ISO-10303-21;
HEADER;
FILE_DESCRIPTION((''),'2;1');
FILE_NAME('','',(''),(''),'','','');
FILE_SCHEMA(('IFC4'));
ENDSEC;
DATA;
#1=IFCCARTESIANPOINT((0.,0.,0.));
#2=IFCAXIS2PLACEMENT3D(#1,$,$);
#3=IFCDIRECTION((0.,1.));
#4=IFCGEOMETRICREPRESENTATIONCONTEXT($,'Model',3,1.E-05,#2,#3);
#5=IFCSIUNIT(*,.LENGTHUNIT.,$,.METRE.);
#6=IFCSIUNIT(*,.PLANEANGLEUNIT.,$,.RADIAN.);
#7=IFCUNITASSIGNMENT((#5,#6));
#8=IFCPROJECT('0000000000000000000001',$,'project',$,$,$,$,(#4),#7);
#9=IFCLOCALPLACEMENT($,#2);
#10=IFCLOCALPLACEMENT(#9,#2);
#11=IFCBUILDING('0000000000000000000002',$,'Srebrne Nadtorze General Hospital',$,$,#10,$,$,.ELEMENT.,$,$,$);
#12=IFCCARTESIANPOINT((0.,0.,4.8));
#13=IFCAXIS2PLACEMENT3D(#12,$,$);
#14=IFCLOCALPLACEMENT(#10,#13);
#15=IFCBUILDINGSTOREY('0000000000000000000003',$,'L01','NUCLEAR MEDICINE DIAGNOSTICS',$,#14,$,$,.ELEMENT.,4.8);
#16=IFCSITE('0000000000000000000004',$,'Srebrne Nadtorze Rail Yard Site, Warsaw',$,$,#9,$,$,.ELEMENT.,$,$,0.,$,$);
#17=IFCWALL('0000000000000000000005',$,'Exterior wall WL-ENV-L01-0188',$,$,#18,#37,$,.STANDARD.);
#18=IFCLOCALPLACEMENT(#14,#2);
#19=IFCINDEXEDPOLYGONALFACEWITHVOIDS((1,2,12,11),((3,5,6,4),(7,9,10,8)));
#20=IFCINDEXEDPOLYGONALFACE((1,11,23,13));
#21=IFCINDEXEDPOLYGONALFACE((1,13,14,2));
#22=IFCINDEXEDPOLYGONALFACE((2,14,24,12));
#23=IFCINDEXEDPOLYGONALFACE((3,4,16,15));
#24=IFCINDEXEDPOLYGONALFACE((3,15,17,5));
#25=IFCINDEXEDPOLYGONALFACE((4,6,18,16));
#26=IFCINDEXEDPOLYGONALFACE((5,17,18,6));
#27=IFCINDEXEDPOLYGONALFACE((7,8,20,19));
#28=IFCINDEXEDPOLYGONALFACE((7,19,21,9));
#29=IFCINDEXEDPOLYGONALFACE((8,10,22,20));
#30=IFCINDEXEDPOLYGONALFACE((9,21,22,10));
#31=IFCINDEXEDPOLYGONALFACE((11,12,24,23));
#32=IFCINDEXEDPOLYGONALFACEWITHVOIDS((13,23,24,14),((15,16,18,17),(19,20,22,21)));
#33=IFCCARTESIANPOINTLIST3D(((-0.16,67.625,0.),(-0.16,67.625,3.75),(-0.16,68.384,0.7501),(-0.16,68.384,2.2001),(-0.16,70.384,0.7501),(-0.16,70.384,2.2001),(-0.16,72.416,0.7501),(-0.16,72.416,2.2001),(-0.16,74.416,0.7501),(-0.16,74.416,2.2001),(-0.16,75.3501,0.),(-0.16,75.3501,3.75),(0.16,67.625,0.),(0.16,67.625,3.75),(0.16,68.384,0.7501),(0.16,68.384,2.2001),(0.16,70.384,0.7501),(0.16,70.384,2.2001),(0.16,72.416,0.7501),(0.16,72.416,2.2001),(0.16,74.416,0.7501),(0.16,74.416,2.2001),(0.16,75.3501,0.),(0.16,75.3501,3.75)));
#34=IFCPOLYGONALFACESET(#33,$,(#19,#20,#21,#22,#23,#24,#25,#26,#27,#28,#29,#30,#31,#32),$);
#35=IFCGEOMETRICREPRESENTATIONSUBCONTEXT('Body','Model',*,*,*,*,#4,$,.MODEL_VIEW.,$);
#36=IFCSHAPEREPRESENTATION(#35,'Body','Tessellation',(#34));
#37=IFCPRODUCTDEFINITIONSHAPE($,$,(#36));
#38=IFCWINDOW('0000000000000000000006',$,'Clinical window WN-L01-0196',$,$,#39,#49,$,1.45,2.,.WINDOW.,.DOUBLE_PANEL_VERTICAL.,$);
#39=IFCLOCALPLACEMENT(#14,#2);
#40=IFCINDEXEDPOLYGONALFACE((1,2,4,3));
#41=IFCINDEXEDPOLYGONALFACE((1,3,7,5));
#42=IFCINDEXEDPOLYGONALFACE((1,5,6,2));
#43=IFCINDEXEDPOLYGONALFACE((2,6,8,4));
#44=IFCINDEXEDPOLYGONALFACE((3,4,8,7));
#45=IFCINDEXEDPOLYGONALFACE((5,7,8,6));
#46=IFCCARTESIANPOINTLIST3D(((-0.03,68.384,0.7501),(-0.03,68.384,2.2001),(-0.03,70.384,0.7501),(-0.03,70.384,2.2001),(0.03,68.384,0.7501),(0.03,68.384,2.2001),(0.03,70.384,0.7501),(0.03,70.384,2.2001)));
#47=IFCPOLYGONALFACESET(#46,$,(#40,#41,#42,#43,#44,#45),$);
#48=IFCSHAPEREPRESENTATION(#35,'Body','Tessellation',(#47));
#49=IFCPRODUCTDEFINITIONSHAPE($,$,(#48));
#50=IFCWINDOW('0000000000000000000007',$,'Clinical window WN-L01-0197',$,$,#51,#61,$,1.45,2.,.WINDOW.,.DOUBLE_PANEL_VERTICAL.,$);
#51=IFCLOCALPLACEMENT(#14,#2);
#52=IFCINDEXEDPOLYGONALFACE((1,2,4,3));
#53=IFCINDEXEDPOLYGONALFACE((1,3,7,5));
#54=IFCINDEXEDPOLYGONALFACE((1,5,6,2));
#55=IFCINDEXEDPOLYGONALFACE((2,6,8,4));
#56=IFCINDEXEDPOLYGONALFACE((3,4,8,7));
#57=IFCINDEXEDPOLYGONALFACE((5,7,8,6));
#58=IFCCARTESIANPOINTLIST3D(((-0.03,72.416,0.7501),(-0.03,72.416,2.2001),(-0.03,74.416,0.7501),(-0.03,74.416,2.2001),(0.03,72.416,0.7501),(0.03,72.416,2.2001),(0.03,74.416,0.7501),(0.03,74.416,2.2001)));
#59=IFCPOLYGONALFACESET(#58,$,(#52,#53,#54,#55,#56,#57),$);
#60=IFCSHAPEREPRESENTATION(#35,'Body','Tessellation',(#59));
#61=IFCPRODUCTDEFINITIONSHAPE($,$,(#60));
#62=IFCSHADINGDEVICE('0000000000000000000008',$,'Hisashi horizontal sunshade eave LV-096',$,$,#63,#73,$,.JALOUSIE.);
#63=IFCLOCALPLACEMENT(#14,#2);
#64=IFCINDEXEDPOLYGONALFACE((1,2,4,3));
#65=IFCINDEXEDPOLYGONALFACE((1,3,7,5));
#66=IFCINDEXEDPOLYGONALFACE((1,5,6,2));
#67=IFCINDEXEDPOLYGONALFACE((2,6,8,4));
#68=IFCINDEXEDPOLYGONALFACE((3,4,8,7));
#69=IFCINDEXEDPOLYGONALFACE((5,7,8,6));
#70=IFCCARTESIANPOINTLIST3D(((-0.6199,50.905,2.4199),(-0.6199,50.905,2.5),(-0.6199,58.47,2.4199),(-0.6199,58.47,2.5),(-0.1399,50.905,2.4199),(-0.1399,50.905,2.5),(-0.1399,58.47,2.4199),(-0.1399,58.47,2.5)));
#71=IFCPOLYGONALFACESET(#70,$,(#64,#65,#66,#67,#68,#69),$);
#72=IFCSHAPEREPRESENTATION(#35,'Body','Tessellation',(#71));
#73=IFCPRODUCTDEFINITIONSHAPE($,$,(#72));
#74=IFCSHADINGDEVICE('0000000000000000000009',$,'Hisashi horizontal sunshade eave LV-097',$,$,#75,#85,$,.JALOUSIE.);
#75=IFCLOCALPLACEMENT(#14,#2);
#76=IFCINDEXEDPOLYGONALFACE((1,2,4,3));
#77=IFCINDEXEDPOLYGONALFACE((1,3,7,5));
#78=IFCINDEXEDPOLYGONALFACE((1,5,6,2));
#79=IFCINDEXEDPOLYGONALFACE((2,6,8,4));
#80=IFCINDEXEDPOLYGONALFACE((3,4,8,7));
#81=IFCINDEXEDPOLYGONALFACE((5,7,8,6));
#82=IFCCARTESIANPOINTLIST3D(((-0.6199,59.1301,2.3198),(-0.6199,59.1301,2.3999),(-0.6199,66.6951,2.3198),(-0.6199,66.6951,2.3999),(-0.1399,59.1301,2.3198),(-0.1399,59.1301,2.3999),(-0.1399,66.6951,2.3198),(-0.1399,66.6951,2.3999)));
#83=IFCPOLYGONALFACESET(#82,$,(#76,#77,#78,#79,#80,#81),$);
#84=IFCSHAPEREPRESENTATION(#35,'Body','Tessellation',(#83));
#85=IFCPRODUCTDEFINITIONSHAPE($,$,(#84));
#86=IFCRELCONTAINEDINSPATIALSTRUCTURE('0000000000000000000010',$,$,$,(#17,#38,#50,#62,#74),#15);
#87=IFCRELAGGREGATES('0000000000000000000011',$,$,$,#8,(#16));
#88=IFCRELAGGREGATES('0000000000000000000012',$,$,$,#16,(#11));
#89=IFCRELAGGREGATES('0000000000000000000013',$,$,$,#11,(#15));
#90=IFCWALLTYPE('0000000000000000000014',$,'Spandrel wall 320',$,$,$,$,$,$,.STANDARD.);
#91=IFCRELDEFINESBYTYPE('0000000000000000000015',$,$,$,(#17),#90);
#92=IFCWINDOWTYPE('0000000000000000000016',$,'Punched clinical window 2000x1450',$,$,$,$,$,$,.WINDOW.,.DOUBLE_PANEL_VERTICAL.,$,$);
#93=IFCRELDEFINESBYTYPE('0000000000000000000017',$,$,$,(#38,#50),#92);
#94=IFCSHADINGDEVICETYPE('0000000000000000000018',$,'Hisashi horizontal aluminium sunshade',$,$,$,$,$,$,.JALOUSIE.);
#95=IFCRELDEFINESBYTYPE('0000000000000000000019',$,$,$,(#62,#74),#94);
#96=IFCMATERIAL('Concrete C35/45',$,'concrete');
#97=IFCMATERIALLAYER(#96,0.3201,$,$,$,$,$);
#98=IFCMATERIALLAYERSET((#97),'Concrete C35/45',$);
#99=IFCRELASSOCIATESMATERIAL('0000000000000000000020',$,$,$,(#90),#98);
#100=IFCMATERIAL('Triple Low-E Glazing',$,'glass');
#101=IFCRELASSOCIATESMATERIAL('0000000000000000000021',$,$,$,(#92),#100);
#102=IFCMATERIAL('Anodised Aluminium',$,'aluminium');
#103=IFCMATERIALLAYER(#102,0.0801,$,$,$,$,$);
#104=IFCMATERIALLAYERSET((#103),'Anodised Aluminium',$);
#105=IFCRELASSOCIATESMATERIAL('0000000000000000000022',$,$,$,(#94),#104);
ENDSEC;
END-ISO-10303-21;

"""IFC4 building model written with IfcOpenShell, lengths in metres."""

from ifc_helpers import new_model, si_unit, direction, frame, frame_2d, origin, origin_2d, place, context, subcontext, project, spatial, rectangle, extrude, material, layer, layer_set, type_object, element, fill, save


model = new_model("IFC4")

# Units and contexts
model_context = context("Model", 3, precision=1e-05, world=origin(), true_north=direction((0.0, 1.0)))
body_context = subcontext(model_context, "Body", "Model", "MODEL_VIEW")
ifc_project = project(units=[si_unit("LENGTHUNIT", "METRE"), si_unit("PLANEANGLEUNIT", "RADIAN")], contexts=[model_context])

# Site, building, storey
site_placement = place(None, origin())
site = spatial("IfcSite", under=ifc_project, at=site_placement, Name="Srebrne Nadtorze Rail Yard Site, Warsaw", CompositionType="ELEMENT", RefElevation=0.0)
building_placement = place(site_placement, origin())
building = spatial("IfcBuilding", under=site, at=building_placement, Name="Srebrne Nadtorze General Hospital", CompositionType="ELEMENT")
storey_placement = place(building_placement, frame((0.0, 0.0, 4.8)))
storey = spatial("IfcBuildingStorey", under=building, at=storey_placement, Name="L01", Description="NUCLEAR MEDICINE DIAGNOSTICS", CompositionType="ELEMENT", Elevation=4.8)

# Wall, openings, windows
ifc_material_1 = material(Name="Concrete C35/45", Category="concrete")
ifc_layer_1 = layer(ifc_material_1, 0.3201)
ifc_layer_set_1 = layer_set([ifc_layer_1], Name="Concrete C35/45")
wall_type_1 = type_object("IfcWallType", Name="Spandrel wall 320", PredefinedType="STANDARD", material=ifc_layer_set_1)
wall_1_placement = place(storey_placement, frame((0.0, 67.625, 0.0), z_axis=(0.0, 0.0, 1.0), x_axis=(0.0, 1.0, 0.0)))
wall_1 = element("IfcWall", 1, at=wall_1_placement, inside=storey, type_object=wall_type_1, Name="Exterior wall WL-ENV-L01-0188", PredefinedType="STANDARD", context=body_context, shape_type="SweptSolid", body=[
    extrude(rectangle(XDim=7.7251, YDim=0.3201, at=frame_2d((3.8625, 0.0))), origin(), (0.0, 0.0, 1.0), 3.75),
])
opening_1_placement = place(wall_1_placement, frame((0.759, 0.0, 0.75)))
opening_1 = element("IfcOpeningElement", 2, at=opening_1_placement, cuts=wall_1, PredefinedType="OPENING", context=body_context, shape_type="SweptSolid", body=[
    extrude(rectangle(XDim=2.0, YDim=1.45, at=frame_2d((1.0, 0.7251))), frame((0.0, 0.1719, 0.0), z_axis=(0.0, -1.0, 0.0), x_axis=(1.0, 0.0, 0.0)), (0.0, 0.0, 1.0), 0.344),
])
opening_2_placement = place(wall_1_placement, frame((4.791, 0.0, 0.75)))
opening_2 = element("IfcOpeningElement", 3, at=opening_2_placement, cuts=wall_1, PredefinedType="OPENING", context=body_context, shape_type="SweptSolid", body=[
    extrude(rectangle(XDim=2.0, YDim=1.45, at=frame_2d((1.0, 0.7251))), frame((0.0, 0.1719, 0.0), z_axis=(0.0, -1.0, 0.0), x_axis=(1.0, 0.0, 0.0)), (0.0, 0.0, 1.0), 0.344),
])
ifc_material_2 = material(Name="Triple Low-E Glazing", Category="glass")
window_type_1 = type_object("IfcWindowType", Name="Punched clinical window 2000x1450", PartitioningType="DOUBLE_PANEL_VERTICAL", PredefinedType="WINDOW", material=ifc_material_2)
window_1_placement = place(opening_1_placement, origin())
window_1 = element("IfcWindow", 4, at=window_1_placement, inside=storey, type_object=window_type_1, Name="Clinical window WN-L01-0196", OverallHeight=1.45, OverallWidth=2.0, PartitioningType="DOUBLE_PANEL_VERTICAL", PredefinedType="WINDOW", context=body_context, shape_type="SweptSolid", body=[
    extrude(rectangle(XDim=2.0, YDim=1.45, at=frame_2d((1.0, 0.7251))), frame((0.0, 0.03, 0.0), z_axis=(0.0, -1.0, 0.0), x_axis=(1.0, 0.0, 0.0)), (0.0, 0.0, 1.0), 0.0601),
])
fill(opening_1, window_1)
window_2_placement = place(opening_2_placement, origin())
window_2 = element("IfcWindow", 5, at=window_2_placement, inside=storey, type_object=window_type_1, Name="Clinical window WN-L01-0197", OverallHeight=1.45, OverallWidth=2.0, PartitioningType="DOUBLE_PANEL_VERTICAL", PredefinedType="WINDOW", context=body_context, shape_type="SweptSolid", body=[
    extrude(rectangle(XDim=2.0, YDim=1.45, at=frame_2d((1.0, 0.7251))), frame((0.0, 0.03, 0.0), z_axis=(0.0, -1.0, 0.0), x_axis=(1.0, 0.0, 0.0)), (0.0, 0.0, 1.0), 0.0601),
])
fill(opening_2, window_2)

# Shading devices
ifc_material_3 = material(Name="Anodised Aluminium", Category="aluminium")
ifc_layer_2 = layer(ifc_material_3, 0.0801)
ifc_layer_set_2 = layer_set([ifc_layer_2], Name="Anodised Aluminium")
shading_device_type = type_object("IfcShadingDeviceType", Name="Hisashi horizontal aluminium sunshade", PredefinedType="JALOUSIE", material=ifc_layer_set_2)
for number, where, z_axis, x_axis, name in (
    (6, (-0.3799, 54.6875, 2.4199), (0.0, 0.0, 1.0), (1.0, 0.0, 0.0), "Hisashi horizontal sunshade eave LV-096"),
    (7, (-0.3799, 62.9126, 2.3198), (0.0, 0.0, 1.0), (1.0, 0.0, 0.0), "Hisashi horizontal sunshade eave LV-097"),
):
    element("IfcShadingDevice", number, at=place(storey_placement, frame(where, z_axis=z_axis, x_axis=x_axis)), inside=storey, type_object=shading_device_type, Name=name, PredefinedType="JALOUSIE", context=body_context, shape_type="SweptSolid", body=[
        extrude(rectangle(XDim=0.48, YDim=7.5649, at=origin_2d()), origin(), (0.0, 0.0, 1.0), 0.0801),
    ])

save(model, "model.ifc")
